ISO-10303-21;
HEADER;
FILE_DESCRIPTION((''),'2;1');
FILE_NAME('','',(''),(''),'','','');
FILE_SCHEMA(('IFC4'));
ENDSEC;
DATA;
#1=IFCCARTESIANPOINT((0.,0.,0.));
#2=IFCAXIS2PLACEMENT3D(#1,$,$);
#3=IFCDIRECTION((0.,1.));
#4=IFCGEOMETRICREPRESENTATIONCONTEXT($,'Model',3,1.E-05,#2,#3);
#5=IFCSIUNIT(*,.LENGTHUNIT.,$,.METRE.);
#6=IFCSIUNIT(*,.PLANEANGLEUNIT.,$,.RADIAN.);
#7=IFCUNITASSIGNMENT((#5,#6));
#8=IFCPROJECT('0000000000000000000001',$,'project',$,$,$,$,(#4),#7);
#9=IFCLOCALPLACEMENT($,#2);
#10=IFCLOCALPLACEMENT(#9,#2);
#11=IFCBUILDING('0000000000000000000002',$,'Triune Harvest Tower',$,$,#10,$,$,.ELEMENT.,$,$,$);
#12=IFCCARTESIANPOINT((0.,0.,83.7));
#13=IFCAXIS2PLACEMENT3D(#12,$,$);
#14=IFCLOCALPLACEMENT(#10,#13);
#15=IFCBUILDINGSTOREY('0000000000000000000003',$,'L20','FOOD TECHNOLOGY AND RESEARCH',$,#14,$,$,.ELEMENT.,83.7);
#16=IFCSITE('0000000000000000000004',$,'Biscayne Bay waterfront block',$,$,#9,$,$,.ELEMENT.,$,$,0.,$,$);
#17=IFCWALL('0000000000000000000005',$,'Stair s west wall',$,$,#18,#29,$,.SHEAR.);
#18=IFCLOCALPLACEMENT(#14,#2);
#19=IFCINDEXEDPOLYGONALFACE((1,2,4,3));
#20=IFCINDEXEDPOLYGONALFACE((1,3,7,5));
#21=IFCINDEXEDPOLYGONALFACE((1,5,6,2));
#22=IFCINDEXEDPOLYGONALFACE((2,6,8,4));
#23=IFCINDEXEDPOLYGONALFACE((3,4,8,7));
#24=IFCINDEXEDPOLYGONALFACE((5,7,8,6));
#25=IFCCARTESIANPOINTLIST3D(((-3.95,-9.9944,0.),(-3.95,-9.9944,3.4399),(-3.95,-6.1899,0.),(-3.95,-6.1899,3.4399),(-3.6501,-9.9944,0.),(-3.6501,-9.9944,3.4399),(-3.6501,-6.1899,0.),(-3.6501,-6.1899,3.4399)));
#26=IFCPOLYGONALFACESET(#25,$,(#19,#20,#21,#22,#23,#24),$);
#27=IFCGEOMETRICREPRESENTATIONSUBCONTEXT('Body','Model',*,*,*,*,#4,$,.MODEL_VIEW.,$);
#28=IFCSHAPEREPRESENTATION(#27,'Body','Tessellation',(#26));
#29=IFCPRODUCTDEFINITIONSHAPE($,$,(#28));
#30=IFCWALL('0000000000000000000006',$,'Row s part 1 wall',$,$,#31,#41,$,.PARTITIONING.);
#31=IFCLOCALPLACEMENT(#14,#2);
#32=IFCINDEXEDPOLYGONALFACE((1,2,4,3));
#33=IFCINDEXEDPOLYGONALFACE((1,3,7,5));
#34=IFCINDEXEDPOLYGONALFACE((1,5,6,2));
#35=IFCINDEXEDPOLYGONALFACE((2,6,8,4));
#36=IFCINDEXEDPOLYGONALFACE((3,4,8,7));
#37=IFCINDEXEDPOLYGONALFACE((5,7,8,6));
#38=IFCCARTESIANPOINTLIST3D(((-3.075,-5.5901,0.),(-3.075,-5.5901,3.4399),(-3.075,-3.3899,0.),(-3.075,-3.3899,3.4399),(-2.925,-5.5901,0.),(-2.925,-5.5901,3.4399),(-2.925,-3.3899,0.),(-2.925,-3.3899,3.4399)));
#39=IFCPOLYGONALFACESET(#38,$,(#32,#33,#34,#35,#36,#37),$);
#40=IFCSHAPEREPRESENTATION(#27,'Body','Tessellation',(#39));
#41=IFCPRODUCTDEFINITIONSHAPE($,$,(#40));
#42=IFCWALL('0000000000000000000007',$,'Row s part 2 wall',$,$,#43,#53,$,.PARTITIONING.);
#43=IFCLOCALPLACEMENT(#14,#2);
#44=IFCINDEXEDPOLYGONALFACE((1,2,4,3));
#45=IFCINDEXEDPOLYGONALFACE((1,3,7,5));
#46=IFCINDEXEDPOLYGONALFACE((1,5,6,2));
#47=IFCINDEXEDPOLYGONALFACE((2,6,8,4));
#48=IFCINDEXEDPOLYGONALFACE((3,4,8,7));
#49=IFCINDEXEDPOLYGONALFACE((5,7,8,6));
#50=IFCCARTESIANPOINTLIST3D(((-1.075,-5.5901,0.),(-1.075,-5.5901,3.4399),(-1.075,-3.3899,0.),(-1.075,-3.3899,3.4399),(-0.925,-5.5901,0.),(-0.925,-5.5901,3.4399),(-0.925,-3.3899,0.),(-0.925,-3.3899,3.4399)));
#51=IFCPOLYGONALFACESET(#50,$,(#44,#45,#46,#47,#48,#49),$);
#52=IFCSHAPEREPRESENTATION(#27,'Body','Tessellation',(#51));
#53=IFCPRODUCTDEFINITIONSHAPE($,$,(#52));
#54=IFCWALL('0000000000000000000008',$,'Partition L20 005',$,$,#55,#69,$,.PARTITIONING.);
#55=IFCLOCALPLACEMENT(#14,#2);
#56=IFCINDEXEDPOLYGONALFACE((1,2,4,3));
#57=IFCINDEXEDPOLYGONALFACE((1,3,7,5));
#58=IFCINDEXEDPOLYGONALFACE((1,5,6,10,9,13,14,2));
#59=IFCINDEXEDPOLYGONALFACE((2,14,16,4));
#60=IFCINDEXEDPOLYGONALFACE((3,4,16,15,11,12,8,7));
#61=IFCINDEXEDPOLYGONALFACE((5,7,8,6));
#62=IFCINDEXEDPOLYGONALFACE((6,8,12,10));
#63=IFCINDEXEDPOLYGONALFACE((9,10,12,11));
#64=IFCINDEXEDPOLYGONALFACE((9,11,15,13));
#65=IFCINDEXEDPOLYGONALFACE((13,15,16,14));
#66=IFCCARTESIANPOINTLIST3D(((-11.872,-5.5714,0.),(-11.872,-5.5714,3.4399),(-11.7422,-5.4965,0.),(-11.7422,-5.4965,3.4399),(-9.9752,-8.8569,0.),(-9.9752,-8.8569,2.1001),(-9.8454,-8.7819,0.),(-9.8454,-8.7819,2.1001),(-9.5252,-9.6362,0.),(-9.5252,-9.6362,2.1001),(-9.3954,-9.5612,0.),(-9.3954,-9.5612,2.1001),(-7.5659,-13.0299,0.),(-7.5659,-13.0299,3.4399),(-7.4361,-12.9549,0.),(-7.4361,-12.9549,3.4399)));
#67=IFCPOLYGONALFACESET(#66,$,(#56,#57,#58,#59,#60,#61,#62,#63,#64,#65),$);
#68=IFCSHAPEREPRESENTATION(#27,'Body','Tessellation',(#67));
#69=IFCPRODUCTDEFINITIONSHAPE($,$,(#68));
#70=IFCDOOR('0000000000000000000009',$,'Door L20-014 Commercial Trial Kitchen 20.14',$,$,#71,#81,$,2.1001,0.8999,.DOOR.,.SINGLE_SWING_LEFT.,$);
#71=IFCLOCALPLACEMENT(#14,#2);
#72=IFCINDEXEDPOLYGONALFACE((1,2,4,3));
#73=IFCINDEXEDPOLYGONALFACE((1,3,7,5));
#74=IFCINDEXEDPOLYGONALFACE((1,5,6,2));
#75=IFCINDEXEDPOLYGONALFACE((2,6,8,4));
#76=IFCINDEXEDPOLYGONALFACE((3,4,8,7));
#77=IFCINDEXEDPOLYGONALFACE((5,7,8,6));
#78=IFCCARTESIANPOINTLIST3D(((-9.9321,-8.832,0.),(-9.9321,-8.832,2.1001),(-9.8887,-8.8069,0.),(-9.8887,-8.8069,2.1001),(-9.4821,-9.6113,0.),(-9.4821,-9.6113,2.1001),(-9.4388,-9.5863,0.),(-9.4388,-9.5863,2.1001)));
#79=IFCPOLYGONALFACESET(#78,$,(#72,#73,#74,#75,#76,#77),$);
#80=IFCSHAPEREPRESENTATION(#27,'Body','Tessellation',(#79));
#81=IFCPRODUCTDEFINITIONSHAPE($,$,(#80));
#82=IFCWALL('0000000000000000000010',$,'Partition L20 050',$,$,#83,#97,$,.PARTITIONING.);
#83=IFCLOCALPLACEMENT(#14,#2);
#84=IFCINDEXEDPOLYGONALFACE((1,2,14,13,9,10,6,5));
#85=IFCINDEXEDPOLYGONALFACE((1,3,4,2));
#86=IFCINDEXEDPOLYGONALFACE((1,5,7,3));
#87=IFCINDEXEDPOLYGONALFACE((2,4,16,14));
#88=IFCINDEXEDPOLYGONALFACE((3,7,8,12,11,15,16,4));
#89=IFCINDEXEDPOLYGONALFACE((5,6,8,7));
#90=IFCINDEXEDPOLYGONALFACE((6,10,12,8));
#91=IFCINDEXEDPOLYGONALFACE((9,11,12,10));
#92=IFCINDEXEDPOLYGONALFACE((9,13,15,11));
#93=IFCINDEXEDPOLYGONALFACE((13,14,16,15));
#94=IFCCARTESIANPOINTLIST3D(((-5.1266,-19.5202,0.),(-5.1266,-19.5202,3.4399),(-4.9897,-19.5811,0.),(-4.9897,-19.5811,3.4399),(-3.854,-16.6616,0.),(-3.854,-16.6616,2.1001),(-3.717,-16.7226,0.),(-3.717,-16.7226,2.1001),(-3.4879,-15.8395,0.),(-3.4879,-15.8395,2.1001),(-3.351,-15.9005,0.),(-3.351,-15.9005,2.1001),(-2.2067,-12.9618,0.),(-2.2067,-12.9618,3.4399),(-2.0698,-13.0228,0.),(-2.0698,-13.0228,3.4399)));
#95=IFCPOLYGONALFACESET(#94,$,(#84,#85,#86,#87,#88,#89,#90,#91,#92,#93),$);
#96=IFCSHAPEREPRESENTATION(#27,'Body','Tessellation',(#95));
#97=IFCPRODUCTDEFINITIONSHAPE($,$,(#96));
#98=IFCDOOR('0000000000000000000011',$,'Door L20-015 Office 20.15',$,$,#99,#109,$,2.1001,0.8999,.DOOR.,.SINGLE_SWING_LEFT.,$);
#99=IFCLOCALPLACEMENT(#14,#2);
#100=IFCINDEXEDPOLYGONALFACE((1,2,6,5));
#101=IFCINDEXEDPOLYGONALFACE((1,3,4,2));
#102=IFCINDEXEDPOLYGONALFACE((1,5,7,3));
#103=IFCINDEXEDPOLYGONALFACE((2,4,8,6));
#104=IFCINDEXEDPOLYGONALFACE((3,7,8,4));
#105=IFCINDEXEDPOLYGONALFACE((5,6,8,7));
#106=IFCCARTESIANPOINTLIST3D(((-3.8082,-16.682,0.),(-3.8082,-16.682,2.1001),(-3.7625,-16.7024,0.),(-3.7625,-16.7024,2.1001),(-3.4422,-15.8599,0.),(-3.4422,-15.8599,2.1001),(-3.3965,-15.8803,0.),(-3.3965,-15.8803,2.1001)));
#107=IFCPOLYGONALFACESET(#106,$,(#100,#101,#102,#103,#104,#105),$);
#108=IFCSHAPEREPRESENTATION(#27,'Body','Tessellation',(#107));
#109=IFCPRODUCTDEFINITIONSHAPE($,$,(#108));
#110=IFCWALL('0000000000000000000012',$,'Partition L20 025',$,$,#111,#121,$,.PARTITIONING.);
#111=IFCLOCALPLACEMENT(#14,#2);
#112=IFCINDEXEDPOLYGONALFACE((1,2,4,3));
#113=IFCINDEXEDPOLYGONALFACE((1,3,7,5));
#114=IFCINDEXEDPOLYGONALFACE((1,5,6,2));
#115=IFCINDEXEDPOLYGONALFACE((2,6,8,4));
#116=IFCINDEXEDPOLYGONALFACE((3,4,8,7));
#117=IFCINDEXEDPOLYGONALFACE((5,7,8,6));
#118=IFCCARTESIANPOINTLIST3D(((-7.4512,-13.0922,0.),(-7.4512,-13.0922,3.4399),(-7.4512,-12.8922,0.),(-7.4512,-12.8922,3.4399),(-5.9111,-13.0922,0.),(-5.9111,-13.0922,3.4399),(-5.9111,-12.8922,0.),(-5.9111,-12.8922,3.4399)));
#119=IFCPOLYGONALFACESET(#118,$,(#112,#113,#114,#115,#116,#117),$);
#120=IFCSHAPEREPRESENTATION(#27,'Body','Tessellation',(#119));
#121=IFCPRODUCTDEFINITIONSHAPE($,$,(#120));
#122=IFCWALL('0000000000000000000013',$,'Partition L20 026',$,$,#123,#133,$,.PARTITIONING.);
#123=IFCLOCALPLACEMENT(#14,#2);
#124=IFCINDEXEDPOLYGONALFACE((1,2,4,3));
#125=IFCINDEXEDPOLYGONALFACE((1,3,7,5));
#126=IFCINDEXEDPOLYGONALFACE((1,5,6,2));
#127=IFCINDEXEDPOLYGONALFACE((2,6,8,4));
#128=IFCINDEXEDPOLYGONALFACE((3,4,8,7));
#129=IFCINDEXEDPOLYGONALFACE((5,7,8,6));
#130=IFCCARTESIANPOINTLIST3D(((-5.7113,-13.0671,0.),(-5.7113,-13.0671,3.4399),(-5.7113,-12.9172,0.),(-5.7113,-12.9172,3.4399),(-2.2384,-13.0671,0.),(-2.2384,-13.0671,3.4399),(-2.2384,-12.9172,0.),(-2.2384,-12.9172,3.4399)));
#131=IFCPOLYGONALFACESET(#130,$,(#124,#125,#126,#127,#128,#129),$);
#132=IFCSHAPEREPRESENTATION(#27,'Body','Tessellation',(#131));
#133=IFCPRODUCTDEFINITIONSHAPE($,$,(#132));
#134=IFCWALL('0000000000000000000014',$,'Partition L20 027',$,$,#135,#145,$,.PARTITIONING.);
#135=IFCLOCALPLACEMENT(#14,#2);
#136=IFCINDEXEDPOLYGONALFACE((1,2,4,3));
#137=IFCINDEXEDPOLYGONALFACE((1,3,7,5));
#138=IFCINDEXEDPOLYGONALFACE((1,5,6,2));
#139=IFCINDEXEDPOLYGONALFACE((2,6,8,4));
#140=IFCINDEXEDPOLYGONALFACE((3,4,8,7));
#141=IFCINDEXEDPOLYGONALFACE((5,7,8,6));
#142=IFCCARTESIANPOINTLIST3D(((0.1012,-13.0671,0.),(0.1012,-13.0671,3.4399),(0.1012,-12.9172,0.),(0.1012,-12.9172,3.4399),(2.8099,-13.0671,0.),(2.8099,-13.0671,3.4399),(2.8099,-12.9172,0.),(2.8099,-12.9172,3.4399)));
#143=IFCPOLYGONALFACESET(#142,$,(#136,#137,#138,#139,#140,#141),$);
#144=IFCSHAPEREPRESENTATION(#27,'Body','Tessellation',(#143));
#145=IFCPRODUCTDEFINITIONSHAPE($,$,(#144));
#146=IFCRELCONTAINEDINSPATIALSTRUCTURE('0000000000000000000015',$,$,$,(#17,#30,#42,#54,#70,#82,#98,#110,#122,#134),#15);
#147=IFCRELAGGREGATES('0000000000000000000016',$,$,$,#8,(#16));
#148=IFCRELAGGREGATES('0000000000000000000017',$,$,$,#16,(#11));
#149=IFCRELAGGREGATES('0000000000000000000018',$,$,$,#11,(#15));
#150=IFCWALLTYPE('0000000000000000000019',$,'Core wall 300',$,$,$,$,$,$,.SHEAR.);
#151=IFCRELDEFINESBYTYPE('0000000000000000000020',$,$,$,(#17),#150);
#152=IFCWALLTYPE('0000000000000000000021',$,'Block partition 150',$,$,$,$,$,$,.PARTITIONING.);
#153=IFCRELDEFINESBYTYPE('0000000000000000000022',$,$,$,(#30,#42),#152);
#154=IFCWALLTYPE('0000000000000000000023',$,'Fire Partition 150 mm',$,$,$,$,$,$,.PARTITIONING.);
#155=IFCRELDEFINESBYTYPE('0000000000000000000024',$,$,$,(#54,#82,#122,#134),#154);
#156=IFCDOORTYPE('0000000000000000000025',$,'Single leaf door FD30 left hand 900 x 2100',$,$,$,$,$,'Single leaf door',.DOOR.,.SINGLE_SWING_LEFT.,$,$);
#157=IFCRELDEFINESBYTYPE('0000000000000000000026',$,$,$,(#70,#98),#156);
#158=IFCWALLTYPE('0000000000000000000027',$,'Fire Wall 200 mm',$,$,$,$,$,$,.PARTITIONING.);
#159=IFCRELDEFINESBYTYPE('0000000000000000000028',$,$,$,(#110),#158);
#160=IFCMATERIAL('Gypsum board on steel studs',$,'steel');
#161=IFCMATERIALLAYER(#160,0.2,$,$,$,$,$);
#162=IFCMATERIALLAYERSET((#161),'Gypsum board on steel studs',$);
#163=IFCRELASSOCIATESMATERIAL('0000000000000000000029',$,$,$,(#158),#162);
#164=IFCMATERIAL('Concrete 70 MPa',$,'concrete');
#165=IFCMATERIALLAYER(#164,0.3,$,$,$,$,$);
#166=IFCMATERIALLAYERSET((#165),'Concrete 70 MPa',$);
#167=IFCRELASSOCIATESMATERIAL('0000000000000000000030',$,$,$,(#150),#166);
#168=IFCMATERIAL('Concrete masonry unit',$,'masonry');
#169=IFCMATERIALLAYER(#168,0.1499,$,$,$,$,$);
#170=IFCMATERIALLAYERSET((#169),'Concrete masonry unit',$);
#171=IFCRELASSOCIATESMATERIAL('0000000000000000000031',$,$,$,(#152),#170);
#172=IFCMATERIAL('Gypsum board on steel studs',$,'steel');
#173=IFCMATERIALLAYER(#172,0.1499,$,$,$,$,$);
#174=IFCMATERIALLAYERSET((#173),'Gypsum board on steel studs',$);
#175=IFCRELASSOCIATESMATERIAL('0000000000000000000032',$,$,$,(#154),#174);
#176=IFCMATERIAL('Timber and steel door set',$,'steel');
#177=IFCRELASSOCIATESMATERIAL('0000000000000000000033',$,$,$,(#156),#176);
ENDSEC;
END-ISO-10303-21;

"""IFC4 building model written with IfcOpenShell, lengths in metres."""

from ifc_helpers import new_model, si_unit, direction, frame, frame_2d, origin, place, context, subcontext, project, spatial, polyline, rectangle, outline, extrude, source, transform, mapped, material, layer, layer_set, type_object, element, fill, save


model = new_model("IFC4")

# Units and contexts
model_context = context("Model", 3, precision=1e-05, world=origin(), true_north=direction((0.0, 1.0)))
body_context = subcontext(model_context, "Body", "Model", "MODEL_VIEW")
ifc_project = project(units=[si_unit("LENGTHUNIT", "METRE"), si_unit("PLANEANGLEUNIT", "RADIAN")], contexts=[model_context])

# Site, building, storey
site_placement = place(None, origin())
site = spatial("IfcSite", under=ifc_project, at=site_placement, Name="Biscayne Bay waterfront block", CompositionType="ELEMENT", RefElevation=0.0)
building_placement = place(site_placement, origin())
building = spatial("IfcBuilding", under=site, at=building_placement, Name="Triune Harvest Tower", CompositionType="ELEMENT")
storey_placement = place(building_placement, frame((0.0, 0.0, 83.7)))
storey = spatial("IfcBuildingStorey", under=building, at=storey_placement, Name="L20", Description="FOOD TECHNOLOGY AND RESEARCH", CompositionType="ELEMENT", Elevation=83.7)

# Shared definitions
ifc_material_1 = material(Name="Gypsum board on steel studs", Category="steel")
ifc_layer_1 = layer(ifc_material_1, 0.2)
ifc_layer_set_1 = layer_set([ifc_layer_1], Name="Gypsum board on steel studs")
wall_type_1 = type_object("IfcWallType", Name="Fire Wall 200 mm", PredefinedType="PARTITIONING", material=ifc_layer_set_1)

# Shared definitions
ifc_material_2 = material(Name="Concrete 70 MPa", Category="concrete")
ifc_layer_2 = layer(ifc_material_2, 0.3)
ifc_layer_set_2 = layer_set([ifc_layer_2], Name="Concrete 70 MPa")
wall_type_2 = type_object("IfcWallType", Name="Core wall 300", PredefinedType="SHEAR", material=ifc_layer_set_2)

# Walls
shared_shape_1 = source(origin(), body_context, "Body", "SweptSolid", [
    extrude(outline(polyline([(3.8, -0.1499), (-0.0044, -0.1499), (-0.0044, 0.1499), (3.8, 0.1499), (3.8, -0.1499)])), origin(), (0.0, 0.0, 1.0), 3.4399),
])
wall_1_placement = place(storey_placement, frame((-3.8, -9.99, 0.0), z_axis=(0.0, 0.0, 1.0), x_axis=(0.0, 1.0, 0.0)))
element("IfcWall", 1, at=wall_1_placement, inside=storey, type_object=wall_type_2, Name="Stair s west wall", PredefinedType="SHEAR", context=body_context, shape_type="MappedRepresentation", body=[
    mapped(shared_shape_1, transform((0.0, 0.0, 0.0), scale=1.0)),
])
ifc_material_3 = material(Name="Concrete masonry unit", Category="masonry")
ifc_layer_3 = layer(ifc_material_3, 0.1499)
ifc_layer_set_3 = layer_set([ifc_layer_3], Name="Concrete masonry unit")
wall_type_3 = type_object("IfcWallType", Name="Block partition 150", PredefinedType="PARTITIONING", material=ifc_layer_set_3)
shared_shape_2 = source(origin(), body_context, "Body", "SweptSolid", [
    extrude(rectangle(XDim=2.2002, YDim=0.1499, at=frame_2d((1.1001, 0.0))), origin(), (0.0, 0.0, 1.0), 3.4399),
])
for number, where, z_axis, x_axis, name in (
    (2, (-3.0, -5.5901, 0.0), (0.0, 0.0, 1.0), (0.0, 1.0, 0.0), "Row s part 1 wall"),
    (3, (-1.0, -5.5901, 0.0), (0.0, 0.0, 1.0), (0.0, 1.0, 0.0), "Row s part 2 wall"),
):
    element("IfcWall", number, at=place(storey_placement, frame(where, z_axis=z_axis, x_axis=x_axis)), inside=storey, type_object=wall_type_3, Name=name, PredefinedType="PARTITIONING", context=body_context, shape_type="MappedRepresentation", body=[
        mapped(shared_shape_2, transform((0.0, 0.0, 0.0), scale=1.0)),
    ])

# Walls, openings, doors
ifc_material_4 = material(Name="Gypsum board on steel studs", Category="steel")
ifc_layer_4 = layer(ifc_material_4, 0.1499)
ifc_layer_set_4 = layer_set([ifc_layer_4], Name="Gypsum board on steel studs")
wall_type_4 = type_object("IfcWallType", Name="Fire Partition 150 mm", PredefinedType="PARTITIONING", material=ifc_layer_set_4)
shared_shape_3 = source(origin(), body_context, "Body", "SweptSolid", [
    extrude(rectangle(XDim=8.6123, YDim=0.1499, at=frame_2d((4.3062, 0.0))), origin(), (0.0, 0.0, 1.0), 3.4399),
])
wall_2_placement = place(storey_placement, frame((-11.8071, -5.5339, 0.0), z_axis=(0.0, 0.0, 1.0), x_axis=(0.499999, -0.866026, 0.0)))
wall_2 = element("IfcWall", 4, at=wall_2_placement, inside=storey, type_object=wall_type_4, Name="Partition L20 005", PredefinedType="PARTITIONING", context=body_context, shape_type="MappedRepresentation", body=[
    mapped(shared_shape_3, transform((0.0, 0.0, 0.0), scale=1.0)),
])
opening_1_placement = place(wall_2_placement, frame((3.7937, 0.0, 0.0)))
opening_1 = element("IfcOpeningElement", 5, at=opening_1_placement, cuts=wall_2, PredefinedType="OPENING", context=body_context, shape_type="SweptSolid", body=[
    extrude(rectangle(XDim=0.8999, YDim=2.1001, at=frame_2d((0.45, 1.05))), frame((0.0, 0.085, 0.0), z_axis=(0.0, -1.0, 0.0), x_axis=(1.0, 0.0, 0.0)), (0.0, 0.0, 1.0), 0.1699),
])
ifc_material_5 = material(Name="Timber and steel door set", Category="steel")
door_type_1 = type_object("IfcDoorType", Name="Single leaf door FD30 left hand 900 x 2100", ElementType="Single leaf door", OperationType="SINGLE_SWING_LEFT", PredefinedType="DOOR", material=ifc_material_5)
door_1_placement = place(opening_1_placement, origin())
door_1 = element("IfcDoor", 6, at=door_1_placement, inside=storey, type_object=door_type_1, Name="Door L20-014 Commercial Trial Kitchen 20.14", OperationType="SINGLE_SWING_LEFT", OverallHeight=2.1001, OverallWidth=0.8999, PredefinedType="DOOR", context=body_context, shape_type="SweptSolid", body=[
    extrude(rectangle(XDim=0.8999, YDim=2.1001, at=frame_2d((0.45, 1.05))), frame((0.0, 0.0249, 0.0), z_axis=(0.0, -1.0, 0.0), x_axis=(1.0, 0.0, 0.0)), (0.0, 0.0, 1.0), 0.05),
])
fill(opening_1, door_1)
shared_shape_4 = source(origin(), body_context, "Body", "SweptSolid", [
    extrude(rectangle(XDim=7.179, YDim=0.1499, at=frame_2d((3.5894, 0.0))), origin(), (0.0, 0.0, 1.0), 3.4399),
])
wall_3_placement = place(storey_placement, frame((-5.0581, -19.5505, 0.0), z_axis=(0.0, 0.0, 1.0), x_axis=(0.406732, 0.913548, 0.0)))
wall_3 = element("IfcWall", 7, at=wall_3_placement, inside=storey, type_object=wall_type_4, Name="Partition L20 050", PredefinedType="PARTITIONING", context=body_context, shape_type="MappedRepresentation", body=[
    mapped(shared_shape_4, transform((0.0, 0.0, 0.0), scale=1.0)),
])
opening_2_placement = place(wall_3_placement, frame((3.1289, 0.0, 0.0)))
opening_2 = element("IfcOpeningElement", 8, at=opening_2_placement, cuts=wall_3, PredefinedType="OPENING", context=body_context, shape_type="SweptSolid", body=[
    extrude(rectangle(XDim=0.8999, YDim=2.1001, at=frame_2d((0.45, 1.05))), frame((0.0, 0.085, 0.0), z_axis=(0.0, -1.0, 0.0), x_axis=(1.0, 0.0, 0.0)), (0.0, 0.0, 1.0), 0.1699),
])
door_2_placement = place(opening_2_placement, origin())
door_2 = element("IfcDoor", 9, at=door_2_placement, inside=storey, type_object=door_type_1, Name="Door L20-015 Office 20.15", OperationType="SINGLE_SWING_LEFT", OverallHeight=2.1001, OverallWidth=0.8999, PredefinedType="DOOR", context=body_context, shape_type="SweptSolid", body=[
    extrude(rectangle(XDim=0.8999, YDim=2.1001, at=frame_2d((0.45, 1.05))), frame((0.0, 0.0249, 0.0), z_axis=(0.0, -1.0, 0.0), x_axis=(1.0, 0.0, 0.0)), (0.0, 0.0, 1.0), 0.05),
])
fill(opening_2, door_2)

# Walls
shared_shape_5 = source(origin(), body_context, "Body", "SweptSolid", [
    extrude(rectangle(XDim=1.54, YDim=0.2, at=frame_2d((0.77, 0.0))), origin(), (0.0, 0.0, 1.0), 3.4399),
])
wall_4_placement = place(storey_placement, frame((-7.4512, -12.9922, 0.0), z_axis=(0.0, 0.0, 1.0), x_axis=(1.0, 0.0, 0.0)))
element("IfcWall", 10, at=wall_4_placement, inside=storey, type_object=wall_type_1, Name="Partition L20 025", PredefinedType="PARTITIONING", context=body_context, shape_type="MappedRepresentation", body=[
    mapped(shared_shape_5, transform((0.0, 0.0, 0.0), scale=1.0)),
])
shared_shape_6 = source(origin(), body_context, "Body", "SweptSolid", [
    extrude(rectangle(XDim=3.4729, YDim=0.1499, at=frame_2d((1.7363, 0.0))), origin(), (0.0, 0.0, 1.0), 3.4399),
])
wall_5_placement = place(storey_placement, frame((-5.7112, -12.9922, 0.0), z_axis=(0.0, 0.0, 1.0), x_axis=(1.0, 0.0, 0.0)))
element("IfcWall", 11, at=wall_5_placement, inside=storey, type_object=wall_type_4, Name="Partition L20 026", PredefinedType="PARTITIONING", context=body_context, shape_type="MappedRepresentation", body=[
    mapped(shared_shape_6, transform((0.0, 0.0, 0.0), scale=1.0)),
])
shared_shape_7 = source(origin(), body_context, "Body", "SweptSolid", [
    extrude(rectangle(XDim=2.7087, YDim=0.1499, at=frame_2d((1.3545, 0.0))), origin(), (0.0, 0.0, 1.0), 3.4399),
])
wall_6_placement = place(storey_placement, frame((0.1011, -12.9922, 0.0), z_axis=(0.0, 0.0, 1.0), x_axis=(1.0, 0.0, 0.0)))
element("IfcWall", 12, at=wall_6_placement, inside=storey, type_object=wall_type_4, Name="Partition L20 027", PredefinedType="PARTITIONING", context=body_context, shape_type="MappedRepresentation", body=[
    mapped(shared_shape_7, transform((0.0, 0.0, 0.0), scale=1.0)),
])

save(model, "model.ifc")
